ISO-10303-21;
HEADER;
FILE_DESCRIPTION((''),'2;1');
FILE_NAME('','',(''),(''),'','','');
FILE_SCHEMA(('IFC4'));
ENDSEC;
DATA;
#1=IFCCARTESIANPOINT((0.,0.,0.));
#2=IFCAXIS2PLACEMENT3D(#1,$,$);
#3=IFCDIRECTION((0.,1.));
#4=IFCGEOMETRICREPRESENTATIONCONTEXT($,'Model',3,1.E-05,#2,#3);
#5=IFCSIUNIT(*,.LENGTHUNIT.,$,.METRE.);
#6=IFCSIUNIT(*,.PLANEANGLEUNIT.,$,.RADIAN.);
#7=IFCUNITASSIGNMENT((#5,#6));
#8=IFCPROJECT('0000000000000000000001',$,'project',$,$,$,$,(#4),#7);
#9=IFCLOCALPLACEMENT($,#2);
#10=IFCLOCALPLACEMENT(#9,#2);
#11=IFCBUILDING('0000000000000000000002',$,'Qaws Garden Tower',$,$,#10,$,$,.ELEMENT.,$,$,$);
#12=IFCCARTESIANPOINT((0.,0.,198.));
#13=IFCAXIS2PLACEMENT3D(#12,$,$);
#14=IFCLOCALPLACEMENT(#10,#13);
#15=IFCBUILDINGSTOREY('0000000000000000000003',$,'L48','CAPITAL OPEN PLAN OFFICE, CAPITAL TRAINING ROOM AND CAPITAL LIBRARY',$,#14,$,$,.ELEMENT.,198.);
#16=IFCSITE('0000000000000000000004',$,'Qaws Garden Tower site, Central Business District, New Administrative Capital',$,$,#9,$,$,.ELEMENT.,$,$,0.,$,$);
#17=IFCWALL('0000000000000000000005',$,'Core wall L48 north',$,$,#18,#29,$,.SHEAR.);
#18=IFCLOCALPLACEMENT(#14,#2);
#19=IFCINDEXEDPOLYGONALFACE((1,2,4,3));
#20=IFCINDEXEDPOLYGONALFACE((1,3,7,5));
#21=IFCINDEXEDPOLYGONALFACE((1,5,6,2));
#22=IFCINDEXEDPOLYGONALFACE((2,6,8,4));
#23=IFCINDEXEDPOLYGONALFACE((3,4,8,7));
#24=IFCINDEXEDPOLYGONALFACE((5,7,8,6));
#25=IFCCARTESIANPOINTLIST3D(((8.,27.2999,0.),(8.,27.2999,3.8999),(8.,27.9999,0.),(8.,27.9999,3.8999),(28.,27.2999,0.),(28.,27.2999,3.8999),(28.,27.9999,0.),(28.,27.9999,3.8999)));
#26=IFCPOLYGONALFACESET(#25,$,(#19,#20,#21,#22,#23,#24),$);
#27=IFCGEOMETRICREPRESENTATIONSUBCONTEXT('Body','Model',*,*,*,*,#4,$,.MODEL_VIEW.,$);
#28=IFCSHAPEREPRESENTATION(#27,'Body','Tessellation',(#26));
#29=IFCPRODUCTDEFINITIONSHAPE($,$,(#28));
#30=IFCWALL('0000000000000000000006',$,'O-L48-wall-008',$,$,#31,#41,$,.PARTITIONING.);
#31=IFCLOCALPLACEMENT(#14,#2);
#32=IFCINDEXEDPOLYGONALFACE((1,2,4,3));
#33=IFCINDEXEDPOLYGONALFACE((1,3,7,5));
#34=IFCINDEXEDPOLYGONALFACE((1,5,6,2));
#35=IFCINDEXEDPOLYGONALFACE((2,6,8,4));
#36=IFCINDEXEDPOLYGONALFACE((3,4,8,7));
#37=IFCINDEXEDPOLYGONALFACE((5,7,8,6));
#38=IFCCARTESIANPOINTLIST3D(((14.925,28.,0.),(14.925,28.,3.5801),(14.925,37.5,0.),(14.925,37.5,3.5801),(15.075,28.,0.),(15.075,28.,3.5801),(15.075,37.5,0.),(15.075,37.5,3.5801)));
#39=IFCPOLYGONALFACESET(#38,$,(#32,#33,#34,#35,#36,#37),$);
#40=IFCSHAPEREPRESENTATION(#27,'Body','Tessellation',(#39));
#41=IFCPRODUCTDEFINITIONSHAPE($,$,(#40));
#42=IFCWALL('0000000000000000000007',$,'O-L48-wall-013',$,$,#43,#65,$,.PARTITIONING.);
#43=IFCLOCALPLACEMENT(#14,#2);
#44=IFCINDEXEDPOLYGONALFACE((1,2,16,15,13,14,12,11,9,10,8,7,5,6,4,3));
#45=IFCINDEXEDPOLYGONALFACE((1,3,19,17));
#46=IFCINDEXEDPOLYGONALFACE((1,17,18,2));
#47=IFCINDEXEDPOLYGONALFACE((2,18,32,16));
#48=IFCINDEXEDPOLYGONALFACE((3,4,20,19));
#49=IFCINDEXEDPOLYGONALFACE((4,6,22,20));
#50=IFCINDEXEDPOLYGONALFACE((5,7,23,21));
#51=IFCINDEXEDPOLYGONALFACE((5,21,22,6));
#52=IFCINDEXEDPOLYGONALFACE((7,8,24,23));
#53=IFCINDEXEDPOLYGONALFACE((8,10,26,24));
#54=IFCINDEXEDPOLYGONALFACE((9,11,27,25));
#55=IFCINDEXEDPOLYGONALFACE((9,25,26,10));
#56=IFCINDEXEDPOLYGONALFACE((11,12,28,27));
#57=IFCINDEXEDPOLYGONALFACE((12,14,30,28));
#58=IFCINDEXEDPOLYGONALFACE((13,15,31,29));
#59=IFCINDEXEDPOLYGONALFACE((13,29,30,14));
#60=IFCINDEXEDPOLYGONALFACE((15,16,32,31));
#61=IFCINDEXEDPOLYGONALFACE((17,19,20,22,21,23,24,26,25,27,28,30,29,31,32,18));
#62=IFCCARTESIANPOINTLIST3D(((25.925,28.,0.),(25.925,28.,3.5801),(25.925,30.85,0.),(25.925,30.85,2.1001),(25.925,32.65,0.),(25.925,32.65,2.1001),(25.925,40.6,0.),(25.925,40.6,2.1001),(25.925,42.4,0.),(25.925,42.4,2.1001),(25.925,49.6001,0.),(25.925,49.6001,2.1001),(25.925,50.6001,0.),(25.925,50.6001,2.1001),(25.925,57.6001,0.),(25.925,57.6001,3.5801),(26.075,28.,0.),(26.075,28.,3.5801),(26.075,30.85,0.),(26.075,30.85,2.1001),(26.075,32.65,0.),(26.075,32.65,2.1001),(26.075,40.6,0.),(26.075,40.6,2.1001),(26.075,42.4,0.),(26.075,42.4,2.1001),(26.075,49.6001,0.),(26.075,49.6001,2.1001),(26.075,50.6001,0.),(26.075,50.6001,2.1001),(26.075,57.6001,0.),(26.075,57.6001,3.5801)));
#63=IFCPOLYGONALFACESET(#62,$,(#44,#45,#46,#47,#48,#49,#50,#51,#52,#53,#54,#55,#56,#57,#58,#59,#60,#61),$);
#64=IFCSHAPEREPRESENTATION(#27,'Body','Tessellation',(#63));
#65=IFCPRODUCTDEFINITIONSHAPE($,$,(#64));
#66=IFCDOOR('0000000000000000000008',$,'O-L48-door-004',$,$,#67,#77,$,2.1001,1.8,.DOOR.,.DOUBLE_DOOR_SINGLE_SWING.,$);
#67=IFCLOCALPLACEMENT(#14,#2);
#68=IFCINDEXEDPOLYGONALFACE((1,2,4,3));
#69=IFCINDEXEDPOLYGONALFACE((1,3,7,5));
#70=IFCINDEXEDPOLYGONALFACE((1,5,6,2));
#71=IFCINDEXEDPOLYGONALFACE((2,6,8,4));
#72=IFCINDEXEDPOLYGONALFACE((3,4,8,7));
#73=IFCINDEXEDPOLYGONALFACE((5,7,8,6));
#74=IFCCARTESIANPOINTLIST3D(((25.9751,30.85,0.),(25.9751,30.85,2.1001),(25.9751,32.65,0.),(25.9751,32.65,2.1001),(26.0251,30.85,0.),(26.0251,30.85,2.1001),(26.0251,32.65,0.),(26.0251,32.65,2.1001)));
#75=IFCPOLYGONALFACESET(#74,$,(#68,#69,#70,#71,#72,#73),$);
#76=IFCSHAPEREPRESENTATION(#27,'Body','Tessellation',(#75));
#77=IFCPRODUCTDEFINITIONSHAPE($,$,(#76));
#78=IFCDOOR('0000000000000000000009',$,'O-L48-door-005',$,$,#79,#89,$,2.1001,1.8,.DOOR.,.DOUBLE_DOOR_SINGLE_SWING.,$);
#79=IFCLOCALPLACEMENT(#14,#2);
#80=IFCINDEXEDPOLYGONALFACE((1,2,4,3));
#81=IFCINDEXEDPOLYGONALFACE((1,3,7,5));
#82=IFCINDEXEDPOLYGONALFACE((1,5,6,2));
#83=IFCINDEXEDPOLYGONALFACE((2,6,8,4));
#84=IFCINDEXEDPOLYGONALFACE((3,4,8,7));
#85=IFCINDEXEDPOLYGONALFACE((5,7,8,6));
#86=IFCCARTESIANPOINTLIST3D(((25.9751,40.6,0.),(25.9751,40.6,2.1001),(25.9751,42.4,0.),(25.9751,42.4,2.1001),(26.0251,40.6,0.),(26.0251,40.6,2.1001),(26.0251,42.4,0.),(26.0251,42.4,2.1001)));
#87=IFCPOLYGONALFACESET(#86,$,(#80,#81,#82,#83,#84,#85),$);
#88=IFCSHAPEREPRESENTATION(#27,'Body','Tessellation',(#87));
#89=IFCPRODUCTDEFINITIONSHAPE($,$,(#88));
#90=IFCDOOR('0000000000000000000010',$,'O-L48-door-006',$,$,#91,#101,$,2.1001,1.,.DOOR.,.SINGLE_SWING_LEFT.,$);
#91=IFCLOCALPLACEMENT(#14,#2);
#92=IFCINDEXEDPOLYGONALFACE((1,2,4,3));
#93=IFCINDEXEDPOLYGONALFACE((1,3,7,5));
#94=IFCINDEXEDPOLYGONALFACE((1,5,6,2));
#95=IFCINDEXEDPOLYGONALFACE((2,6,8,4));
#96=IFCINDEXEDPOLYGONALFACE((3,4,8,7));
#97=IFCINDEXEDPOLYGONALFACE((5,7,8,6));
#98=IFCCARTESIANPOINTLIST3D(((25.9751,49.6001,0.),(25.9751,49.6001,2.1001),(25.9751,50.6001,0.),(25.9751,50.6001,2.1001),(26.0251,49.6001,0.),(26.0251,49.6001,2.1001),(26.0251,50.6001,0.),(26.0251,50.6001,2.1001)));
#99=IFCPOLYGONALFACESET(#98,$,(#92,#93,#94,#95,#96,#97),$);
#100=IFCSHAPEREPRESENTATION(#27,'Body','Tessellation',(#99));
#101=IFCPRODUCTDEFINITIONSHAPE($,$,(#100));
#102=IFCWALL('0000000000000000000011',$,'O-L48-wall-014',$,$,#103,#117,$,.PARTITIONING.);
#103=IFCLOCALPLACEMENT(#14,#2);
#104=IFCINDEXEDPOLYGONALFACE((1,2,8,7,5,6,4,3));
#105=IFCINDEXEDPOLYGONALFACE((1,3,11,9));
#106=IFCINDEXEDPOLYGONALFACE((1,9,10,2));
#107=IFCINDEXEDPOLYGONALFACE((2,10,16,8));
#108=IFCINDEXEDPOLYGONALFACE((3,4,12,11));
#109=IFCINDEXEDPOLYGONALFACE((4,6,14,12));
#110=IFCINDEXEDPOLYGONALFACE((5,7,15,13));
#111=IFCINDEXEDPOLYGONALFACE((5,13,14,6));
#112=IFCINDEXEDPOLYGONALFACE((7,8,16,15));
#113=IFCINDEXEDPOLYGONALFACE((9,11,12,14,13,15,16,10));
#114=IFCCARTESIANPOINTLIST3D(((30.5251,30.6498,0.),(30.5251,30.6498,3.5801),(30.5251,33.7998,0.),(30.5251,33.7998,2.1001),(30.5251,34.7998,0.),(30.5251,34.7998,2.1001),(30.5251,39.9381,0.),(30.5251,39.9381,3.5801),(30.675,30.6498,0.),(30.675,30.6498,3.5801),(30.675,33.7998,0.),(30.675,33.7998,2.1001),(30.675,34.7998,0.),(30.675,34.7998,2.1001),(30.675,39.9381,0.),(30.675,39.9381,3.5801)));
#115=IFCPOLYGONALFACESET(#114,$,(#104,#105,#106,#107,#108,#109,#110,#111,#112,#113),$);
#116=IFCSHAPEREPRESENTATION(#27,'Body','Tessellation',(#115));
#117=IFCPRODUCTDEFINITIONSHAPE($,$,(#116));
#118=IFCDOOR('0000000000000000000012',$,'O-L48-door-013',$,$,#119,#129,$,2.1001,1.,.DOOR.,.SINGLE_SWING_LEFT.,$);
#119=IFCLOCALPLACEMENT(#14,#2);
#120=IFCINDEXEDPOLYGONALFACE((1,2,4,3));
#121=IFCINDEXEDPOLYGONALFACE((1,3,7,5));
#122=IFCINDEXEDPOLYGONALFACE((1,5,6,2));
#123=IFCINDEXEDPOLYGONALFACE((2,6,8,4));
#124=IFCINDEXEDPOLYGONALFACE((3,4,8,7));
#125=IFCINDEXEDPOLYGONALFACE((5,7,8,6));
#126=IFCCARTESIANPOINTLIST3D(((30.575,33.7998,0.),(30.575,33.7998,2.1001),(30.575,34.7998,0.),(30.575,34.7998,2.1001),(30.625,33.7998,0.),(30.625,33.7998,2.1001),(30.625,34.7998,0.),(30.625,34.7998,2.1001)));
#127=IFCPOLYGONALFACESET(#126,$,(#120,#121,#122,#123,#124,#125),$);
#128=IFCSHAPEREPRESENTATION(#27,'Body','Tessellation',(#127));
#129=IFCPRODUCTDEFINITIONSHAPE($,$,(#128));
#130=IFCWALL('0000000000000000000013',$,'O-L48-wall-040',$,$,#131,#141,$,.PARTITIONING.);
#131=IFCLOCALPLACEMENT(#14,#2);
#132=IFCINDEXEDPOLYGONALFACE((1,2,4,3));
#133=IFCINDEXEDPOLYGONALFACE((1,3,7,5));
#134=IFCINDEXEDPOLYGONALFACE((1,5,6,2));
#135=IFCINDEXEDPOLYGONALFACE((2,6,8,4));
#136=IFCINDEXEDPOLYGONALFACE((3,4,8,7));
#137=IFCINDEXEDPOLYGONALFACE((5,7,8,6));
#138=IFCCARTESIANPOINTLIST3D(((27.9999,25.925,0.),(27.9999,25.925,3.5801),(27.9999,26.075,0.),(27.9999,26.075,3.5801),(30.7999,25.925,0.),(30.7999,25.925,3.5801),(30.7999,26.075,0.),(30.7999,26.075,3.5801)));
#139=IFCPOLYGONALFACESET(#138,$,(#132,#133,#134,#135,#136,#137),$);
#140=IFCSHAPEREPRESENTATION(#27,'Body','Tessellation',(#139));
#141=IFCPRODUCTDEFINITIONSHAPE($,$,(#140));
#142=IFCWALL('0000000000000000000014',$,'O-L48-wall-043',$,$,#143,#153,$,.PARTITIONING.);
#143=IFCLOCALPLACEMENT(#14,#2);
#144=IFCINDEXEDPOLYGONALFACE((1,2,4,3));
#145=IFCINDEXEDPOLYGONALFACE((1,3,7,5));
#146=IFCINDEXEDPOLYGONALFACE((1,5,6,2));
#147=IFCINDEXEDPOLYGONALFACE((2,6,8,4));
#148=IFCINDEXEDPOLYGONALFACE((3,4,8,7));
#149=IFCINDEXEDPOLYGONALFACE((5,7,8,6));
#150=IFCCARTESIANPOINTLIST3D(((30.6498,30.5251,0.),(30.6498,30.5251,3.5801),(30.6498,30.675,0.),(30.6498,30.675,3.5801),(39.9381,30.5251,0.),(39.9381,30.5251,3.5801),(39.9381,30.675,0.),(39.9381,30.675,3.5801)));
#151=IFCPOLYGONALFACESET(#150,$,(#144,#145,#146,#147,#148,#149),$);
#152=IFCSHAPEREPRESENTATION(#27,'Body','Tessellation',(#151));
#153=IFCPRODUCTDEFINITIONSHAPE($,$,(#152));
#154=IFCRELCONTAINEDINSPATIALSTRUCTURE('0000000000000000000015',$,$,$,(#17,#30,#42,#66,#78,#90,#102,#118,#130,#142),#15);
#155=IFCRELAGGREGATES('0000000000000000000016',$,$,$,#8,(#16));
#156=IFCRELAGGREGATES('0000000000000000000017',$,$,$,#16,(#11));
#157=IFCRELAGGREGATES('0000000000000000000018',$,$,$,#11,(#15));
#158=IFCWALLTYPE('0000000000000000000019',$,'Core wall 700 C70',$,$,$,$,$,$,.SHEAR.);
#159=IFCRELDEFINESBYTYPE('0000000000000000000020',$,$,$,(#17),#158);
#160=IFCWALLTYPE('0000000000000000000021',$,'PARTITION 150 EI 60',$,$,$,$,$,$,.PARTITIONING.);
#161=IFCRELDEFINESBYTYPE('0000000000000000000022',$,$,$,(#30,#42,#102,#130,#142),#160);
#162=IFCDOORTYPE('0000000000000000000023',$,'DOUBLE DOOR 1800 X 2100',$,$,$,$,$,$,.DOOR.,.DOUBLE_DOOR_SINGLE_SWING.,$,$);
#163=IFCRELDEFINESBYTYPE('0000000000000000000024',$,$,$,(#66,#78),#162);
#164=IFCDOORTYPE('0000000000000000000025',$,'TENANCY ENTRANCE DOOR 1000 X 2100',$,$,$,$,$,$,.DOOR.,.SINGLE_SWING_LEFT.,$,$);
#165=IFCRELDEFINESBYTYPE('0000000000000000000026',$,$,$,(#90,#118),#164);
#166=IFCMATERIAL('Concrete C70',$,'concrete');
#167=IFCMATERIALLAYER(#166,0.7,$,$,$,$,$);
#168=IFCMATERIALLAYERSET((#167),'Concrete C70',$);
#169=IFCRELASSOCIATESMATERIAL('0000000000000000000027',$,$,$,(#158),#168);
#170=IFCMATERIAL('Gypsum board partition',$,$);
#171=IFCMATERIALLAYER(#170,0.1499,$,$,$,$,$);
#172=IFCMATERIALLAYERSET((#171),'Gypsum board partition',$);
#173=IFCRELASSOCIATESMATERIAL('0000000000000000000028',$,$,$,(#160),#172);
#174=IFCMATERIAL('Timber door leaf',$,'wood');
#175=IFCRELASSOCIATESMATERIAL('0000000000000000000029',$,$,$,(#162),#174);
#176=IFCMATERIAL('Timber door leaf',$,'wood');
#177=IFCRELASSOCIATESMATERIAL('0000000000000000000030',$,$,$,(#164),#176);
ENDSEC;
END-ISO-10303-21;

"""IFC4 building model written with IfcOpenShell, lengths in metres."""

from ifc_helpers import new_model, si_unit, direction, frame, frame_2d, origin, place, context, subcontext, project, spatial, rectangle, extrude, material, layer, layer_set, type_object, element, fill, save


model = new_model("IFC4")

# Units and contexts
model_context = context("Model", 3, precision=1e-05, world=origin(), true_north=direction((0.0, 1.0)))
body_context = subcontext(model_context, "Body", "Model", "MODEL_VIEW")
ifc_project = project(units=[si_unit("LENGTHUNIT", "METRE"), si_unit("PLANEANGLEUNIT", "RADIAN")], contexts=[model_context])

# Site, building, storey
site_placement = place(None, origin())
site = spatial("IfcSite", under=ifc_project, at=site_placement, Name="Qaws Garden Tower site, Central Business District, New Administrative Capital", CompositionType="ELEMENT", RefElevation=0.0)
building_placement = place(site_placement, origin())
building = spatial("IfcBuilding", under=site, at=building_placement, Name="Qaws Garden Tower", CompositionType="ELEMENT")
storey_placement = place(building_placement, frame((0.0, 0.0, 198.0)))
storey = spatial("IfcBuildingStorey", under=building, at=storey_placement, Name="L48", Description="CAPITAL OPEN PLAN OFFICE, CAPITAL TRAINING ROOM AND CAPITAL LIBRARY", CompositionType="ELEMENT", Elevation=198.0)

# Walls
ifc_material_1 = material(Name="Concrete C70", Category="concrete")
ifc_layer_1 = layer(ifc_material_1, 0.7)
ifc_layer_set_1 = layer_set([ifc_layer_1], Name="Concrete C70")
wall_type_1 = type_object("IfcWallType", Name="Core wall 700 C70", PredefinedType="SHEAR", material=ifc_layer_set_1)
wall_1_placement = place(storey_placement, frame((28.0, 27.6499, 0.0), z_axis=(0.0, 0.0, 1.0), x_axis=(-1.0, 0.0, 0.0)))
element("IfcWall", 1, at=wall_1_placement, inside=storey, type_object=wall_type_1, Name="Core wall L48 north", PredefinedType="SHEAR", context=body_context, shape_type="SweptSolid", body=[
    extrude(rectangle(XDim=20.0, YDim=0.7, at=frame_2d((10.0, 0.0))), origin(), (0.0, 0.0, 1.0), 3.8999),
])
ifc_material_2 = material(Name="Gypsum board partition")
ifc_layer_2 = layer(ifc_material_2, 0.1499)
ifc_layer_set_2 = layer_set([ifc_layer_2], Name="Gypsum board partition")
wall_type_2 = type_object("IfcWallType", Name="PARTITION 150 EI 60", PredefinedType="PARTITIONING", material=ifc_layer_set_2)
wall_2_placement = place(storey_placement, frame((15.0, 28.0, 0.0), z_axis=(0.0, 0.0, 1.0), x_axis=(0.0, 1.0, 0.0)))
element("IfcWall", 2, at=wall_2_placement, inside=storey, type_object=wall_type_2, Name="O-L48-wall-008", PredefinedType="PARTITIONING", context=body_context, shape_type="SweptSolid", body=[
    extrude(rectangle(XDim=9.5, YDim=0.1499, at=frame_2d((4.75, 0.0))), origin(), (0.0, 0.0, 1.0), 3.5801),
])

# Wall, openings, doors
wall_3_placement = place(storey_placement, frame((26.0, 28.0, 0.0), z_axis=(0.0, 0.0, 1.0), x_axis=(0.0, 1.0, 0.0)))
wall_3 = element("IfcWall", 3, at=wall_3_placement, inside=storey, type_object=wall_type_2, Name="O-L48-wall-013", PredefinedType="PARTITIONING", context=body_context, shape_type="SweptSolid", body=[
    extrude(rectangle(XDim=29.6001, YDim=0.1499, at=frame_2d((14.8, 0.0))), origin(), (0.0, 0.0, 1.0), 3.5801),
])
opening_1_placement = place(wall_3_placement, frame((2.8501, 0.0, 0.0)))
opening_1 = element("IfcOpeningElement", 4, at=opening_1_placement, cuts=wall_3, PredefinedType="OPENING", context=body_context, shape_type="SweptSolid", body=[
    extrude(rectangle(XDim=1.8, YDim=2.1001, at=frame_2d((0.8999, 1.05))), frame((0.0, 0.085, 0.0), z_axis=(0.0, -1.0, 0.0), x_axis=(1.0, 0.0, 0.0)), (0.0, 0.0, 1.0), 0.1699),
])
opening_2_placement = place(wall_3_placement, frame((12.6001, 0.0, 0.0)))
opening_2 = element("IfcOpeningElement", 5, at=opening_2_placement, cuts=wall_3, PredefinedType="OPENING", context=body_context, shape_type="SweptSolid", body=[
    extrude(rectangle(XDim=1.8, YDim=2.1001, at=frame_2d((0.8999, 1.05))), frame((0.0, 0.085, 0.0), z_axis=(0.0, -1.0, 0.0), x_axis=(1.0, 0.0, 0.0)), (0.0, 0.0, 1.0), 0.1699),
])
opening_3_placement = place(wall_3_placement, frame((21.6001, 0.0, 0.0)))
opening_3 = element("IfcOpeningElement", 6, at=opening_3_placement, cuts=wall_3, PredefinedType="OPENING", context=body_context, shape_type="SweptSolid", body=[
    extrude(rectangle(XDim=1.0, YDim=2.1001, at=frame_2d((0.5, 1.05))), frame((0.0, 0.085, 0.0), z_axis=(0.0, -1.0, 0.0), x_axis=(1.0, 0.0, 0.0)), (0.0, 0.0, 1.0), 0.1699),
])
ifc_material_3 = material(Name="Timber door leaf", Category="wood")
door_type_1 = type_object("IfcDoorType", Name="DOUBLE DOOR 1800 X 2100", OperationType="DOUBLE_DOOR_SINGLE_SWING", PredefinedType="DOOR", material=ifc_material_3)
door_1_placement = place(opening_1_placement, origin())
door_1 = element("IfcDoor", 7, at=door_1_placement, inside=storey, type_object=door_type_1, Name="O-L48-door-004", OperationType="DOUBLE_DOOR_SINGLE_SWING", OverallHeight=2.1001, OverallWidth=1.8, PredefinedType="DOOR", context=body_context, shape_type="SweptSolid", body=[
    extrude(rectangle(XDim=1.8, YDim=2.1001, at=frame_2d((0.8999, 1.05))), frame((0.0, 0.0249, 0.0), z_axis=(0.0, -1.0, 0.0), x_axis=(1.0, 0.0, 0.0)), (0.0, 0.0, 1.0), 0.05),
])
fill(opening_1, door_1)
door_2_placement = place(opening_2_placement, origin())
door_2 = element("IfcDoor", 8, at=door_2_placement, inside=storey, type_object=door_type_1, Name="O-L48-door-005", OperationType="DOUBLE_DOOR_SINGLE_SWING", OverallHeight=2.1001, OverallWidth=1.8, PredefinedType="DOOR", context=body_context, shape_type="SweptSolid", body=[
    extrude(rectangle(XDim=1.8, YDim=2.1001, at=frame_2d((0.8999, 1.05))), frame((0.0, 0.0249, 0.0), z_axis=(0.0, -1.0, 0.0), x_axis=(1.0, 0.0, 0.0)), (0.0, 0.0, 1.0), 0.05),
])
fill(opening_2, door_2)
ifc_material_4 = material(Name="Timber door leaf", Category="wood")
door_type_2 = type_object("IfcDoorType", Name="TENANCY ENTRANCE DOOR 1000 X 2100", OperationType="SINGLE_SWING_LEFT", PredefinedType="DOOR", material=ifc_material_4)
door_3_placement = place(opening_3_placement, origin())
door_3 = element("IfcDoor", 9, at=door_3_placement, inside=storey, type_object=door_type_2, Name="O-L48-door-006", OperationType="SINGLE_SWING_LEFT", OverallHeight=2.1001, OverallWidth=1.0, PredefinedType="DOOR", context=body_context, shape_type="SweptSolid", body=[
    extrude(rectangle(XDim=1.0, YDim=2.1001, at=frame_2d((0.5, 1.05))), frame((0.0, 0.0249, 0.0), z_axis=(0.0, -1.0, 0.0), x_axis=(1.0, 0.0, 0.0)), (0.0, 0.0, 1.0), 0.05),
])
fill(opening_3, door_3)

# Wall, opening, door
wall_4_placement = place(storey_placement, frame((30.6001, 30.6499, 0.0), z_axis=(0.0, 0.0, 1.0), x_axis=(0.0, 1.0, 0.0)))
wall_4 = element("IfcWall", 10, at=wall_4_placement, inside=storey, type_object=wall_type_2, Name="O-L48-wall-014", PredefinedType="PARTITIONING", context=body_context, shape_type="SweptSolid", body=[
    extrude(rectangle(XDim=9.2883, YDim=0.1499, at=frame_2d((4.644, 0.0))), origin(), (0.0, 0.0, 1.0), 3.5801),
])
opening_4_placement = place(wall_4_placement, frame((3.1499, 0.0, 0.0)))
opening_4 = element("IfcOpeningElement", 11, at=opening_4_placement, cuts=wall_4, PredefinedType="OPENING", context=body_context, shape_type="SweptSolid", body=[
    extrude(rectangle(XDim=1.0, YDim=2.1001, at=frame_2d((0.5, 1.05))), frame((0.0, 0.085, 0.0), z_axis=(0.0, -1.0, 0.0), x_axis=(1.0, 0.0, 0.0)), (0.0, 0.0, 1.0), 0.1699),
])
door_4_placement = place(opening_4_placement, frame((1.0, 0.0, 0.0), z_axis=(0.0, 0.0, 1.0), x_axis=(-1.0, 0.0, 0.0)))
door_4 = element("IfcDoor", 12, at=door_4_placement, inside=storey, type_object=door_type_2, Name="O-L48-door-013", OperationType="SINGLE_SWING_LEFT", OverallHeight=2.1001, OverallWidth=1.0, PredefinedType="DOOR", context=body_context, shape_type="SweptSolid", body=[
    extrude(rectangle(XDim=1.0, YDim=2.1001, at=frame_2d((0.5, 1.05))), frame((0.0, 0.0249, 0.0), z_axis=(0.0, -1.0, 0.0), x_axis=(1.0, 0.0, 0.0)), (0.0, 0.0, 1.0), 0.05),
])
fill(opening_4, door_4)

# Walls
wall_5_placement = place(storey_placement, frame((28.0, 26.0, 0.0), z_axis=(0.0, 0.0, 1.0), x_axis=(1.0, 0.0, 0.0)))
element("IfcWall", 13, at=wall_5_placement, inside=storey, type_object=wall_type_2, Name="O-L48-wall-040", PredefinedType="PARTITIONING", context=body_context, shape_type="SweptSolid", body=[
    extrude(rectangle(XDim=2.8, YDim=0.1499, at=frame_2d((1.3999, 0.0))), origin(), (0.0, 0.0, 1.0), 3.5801),
])
wall_6_placement = place(storey_placement, frame((30.6499, 30.6001, 0.0), z_axis=(0.0, 0.0, 1.0), x_axis=(1.0, 0.0, 0.0)))
element("IfcWall", 14, at=wall_6_placement, inside=storey, type_object=wall_type_2, Name="O-L48-wall-043", PredefinedType="PARTITIONING", context=body_context, shape_type="SweptSolid", body=[
    extrude(rectangle(XDim=9.2883, YDim=0.1499, at=frame_2d((4.644, 0.0))), origin(), (0.0, 0.0, 1.0), 3.5801),
])

save(model, "model.ifc")
